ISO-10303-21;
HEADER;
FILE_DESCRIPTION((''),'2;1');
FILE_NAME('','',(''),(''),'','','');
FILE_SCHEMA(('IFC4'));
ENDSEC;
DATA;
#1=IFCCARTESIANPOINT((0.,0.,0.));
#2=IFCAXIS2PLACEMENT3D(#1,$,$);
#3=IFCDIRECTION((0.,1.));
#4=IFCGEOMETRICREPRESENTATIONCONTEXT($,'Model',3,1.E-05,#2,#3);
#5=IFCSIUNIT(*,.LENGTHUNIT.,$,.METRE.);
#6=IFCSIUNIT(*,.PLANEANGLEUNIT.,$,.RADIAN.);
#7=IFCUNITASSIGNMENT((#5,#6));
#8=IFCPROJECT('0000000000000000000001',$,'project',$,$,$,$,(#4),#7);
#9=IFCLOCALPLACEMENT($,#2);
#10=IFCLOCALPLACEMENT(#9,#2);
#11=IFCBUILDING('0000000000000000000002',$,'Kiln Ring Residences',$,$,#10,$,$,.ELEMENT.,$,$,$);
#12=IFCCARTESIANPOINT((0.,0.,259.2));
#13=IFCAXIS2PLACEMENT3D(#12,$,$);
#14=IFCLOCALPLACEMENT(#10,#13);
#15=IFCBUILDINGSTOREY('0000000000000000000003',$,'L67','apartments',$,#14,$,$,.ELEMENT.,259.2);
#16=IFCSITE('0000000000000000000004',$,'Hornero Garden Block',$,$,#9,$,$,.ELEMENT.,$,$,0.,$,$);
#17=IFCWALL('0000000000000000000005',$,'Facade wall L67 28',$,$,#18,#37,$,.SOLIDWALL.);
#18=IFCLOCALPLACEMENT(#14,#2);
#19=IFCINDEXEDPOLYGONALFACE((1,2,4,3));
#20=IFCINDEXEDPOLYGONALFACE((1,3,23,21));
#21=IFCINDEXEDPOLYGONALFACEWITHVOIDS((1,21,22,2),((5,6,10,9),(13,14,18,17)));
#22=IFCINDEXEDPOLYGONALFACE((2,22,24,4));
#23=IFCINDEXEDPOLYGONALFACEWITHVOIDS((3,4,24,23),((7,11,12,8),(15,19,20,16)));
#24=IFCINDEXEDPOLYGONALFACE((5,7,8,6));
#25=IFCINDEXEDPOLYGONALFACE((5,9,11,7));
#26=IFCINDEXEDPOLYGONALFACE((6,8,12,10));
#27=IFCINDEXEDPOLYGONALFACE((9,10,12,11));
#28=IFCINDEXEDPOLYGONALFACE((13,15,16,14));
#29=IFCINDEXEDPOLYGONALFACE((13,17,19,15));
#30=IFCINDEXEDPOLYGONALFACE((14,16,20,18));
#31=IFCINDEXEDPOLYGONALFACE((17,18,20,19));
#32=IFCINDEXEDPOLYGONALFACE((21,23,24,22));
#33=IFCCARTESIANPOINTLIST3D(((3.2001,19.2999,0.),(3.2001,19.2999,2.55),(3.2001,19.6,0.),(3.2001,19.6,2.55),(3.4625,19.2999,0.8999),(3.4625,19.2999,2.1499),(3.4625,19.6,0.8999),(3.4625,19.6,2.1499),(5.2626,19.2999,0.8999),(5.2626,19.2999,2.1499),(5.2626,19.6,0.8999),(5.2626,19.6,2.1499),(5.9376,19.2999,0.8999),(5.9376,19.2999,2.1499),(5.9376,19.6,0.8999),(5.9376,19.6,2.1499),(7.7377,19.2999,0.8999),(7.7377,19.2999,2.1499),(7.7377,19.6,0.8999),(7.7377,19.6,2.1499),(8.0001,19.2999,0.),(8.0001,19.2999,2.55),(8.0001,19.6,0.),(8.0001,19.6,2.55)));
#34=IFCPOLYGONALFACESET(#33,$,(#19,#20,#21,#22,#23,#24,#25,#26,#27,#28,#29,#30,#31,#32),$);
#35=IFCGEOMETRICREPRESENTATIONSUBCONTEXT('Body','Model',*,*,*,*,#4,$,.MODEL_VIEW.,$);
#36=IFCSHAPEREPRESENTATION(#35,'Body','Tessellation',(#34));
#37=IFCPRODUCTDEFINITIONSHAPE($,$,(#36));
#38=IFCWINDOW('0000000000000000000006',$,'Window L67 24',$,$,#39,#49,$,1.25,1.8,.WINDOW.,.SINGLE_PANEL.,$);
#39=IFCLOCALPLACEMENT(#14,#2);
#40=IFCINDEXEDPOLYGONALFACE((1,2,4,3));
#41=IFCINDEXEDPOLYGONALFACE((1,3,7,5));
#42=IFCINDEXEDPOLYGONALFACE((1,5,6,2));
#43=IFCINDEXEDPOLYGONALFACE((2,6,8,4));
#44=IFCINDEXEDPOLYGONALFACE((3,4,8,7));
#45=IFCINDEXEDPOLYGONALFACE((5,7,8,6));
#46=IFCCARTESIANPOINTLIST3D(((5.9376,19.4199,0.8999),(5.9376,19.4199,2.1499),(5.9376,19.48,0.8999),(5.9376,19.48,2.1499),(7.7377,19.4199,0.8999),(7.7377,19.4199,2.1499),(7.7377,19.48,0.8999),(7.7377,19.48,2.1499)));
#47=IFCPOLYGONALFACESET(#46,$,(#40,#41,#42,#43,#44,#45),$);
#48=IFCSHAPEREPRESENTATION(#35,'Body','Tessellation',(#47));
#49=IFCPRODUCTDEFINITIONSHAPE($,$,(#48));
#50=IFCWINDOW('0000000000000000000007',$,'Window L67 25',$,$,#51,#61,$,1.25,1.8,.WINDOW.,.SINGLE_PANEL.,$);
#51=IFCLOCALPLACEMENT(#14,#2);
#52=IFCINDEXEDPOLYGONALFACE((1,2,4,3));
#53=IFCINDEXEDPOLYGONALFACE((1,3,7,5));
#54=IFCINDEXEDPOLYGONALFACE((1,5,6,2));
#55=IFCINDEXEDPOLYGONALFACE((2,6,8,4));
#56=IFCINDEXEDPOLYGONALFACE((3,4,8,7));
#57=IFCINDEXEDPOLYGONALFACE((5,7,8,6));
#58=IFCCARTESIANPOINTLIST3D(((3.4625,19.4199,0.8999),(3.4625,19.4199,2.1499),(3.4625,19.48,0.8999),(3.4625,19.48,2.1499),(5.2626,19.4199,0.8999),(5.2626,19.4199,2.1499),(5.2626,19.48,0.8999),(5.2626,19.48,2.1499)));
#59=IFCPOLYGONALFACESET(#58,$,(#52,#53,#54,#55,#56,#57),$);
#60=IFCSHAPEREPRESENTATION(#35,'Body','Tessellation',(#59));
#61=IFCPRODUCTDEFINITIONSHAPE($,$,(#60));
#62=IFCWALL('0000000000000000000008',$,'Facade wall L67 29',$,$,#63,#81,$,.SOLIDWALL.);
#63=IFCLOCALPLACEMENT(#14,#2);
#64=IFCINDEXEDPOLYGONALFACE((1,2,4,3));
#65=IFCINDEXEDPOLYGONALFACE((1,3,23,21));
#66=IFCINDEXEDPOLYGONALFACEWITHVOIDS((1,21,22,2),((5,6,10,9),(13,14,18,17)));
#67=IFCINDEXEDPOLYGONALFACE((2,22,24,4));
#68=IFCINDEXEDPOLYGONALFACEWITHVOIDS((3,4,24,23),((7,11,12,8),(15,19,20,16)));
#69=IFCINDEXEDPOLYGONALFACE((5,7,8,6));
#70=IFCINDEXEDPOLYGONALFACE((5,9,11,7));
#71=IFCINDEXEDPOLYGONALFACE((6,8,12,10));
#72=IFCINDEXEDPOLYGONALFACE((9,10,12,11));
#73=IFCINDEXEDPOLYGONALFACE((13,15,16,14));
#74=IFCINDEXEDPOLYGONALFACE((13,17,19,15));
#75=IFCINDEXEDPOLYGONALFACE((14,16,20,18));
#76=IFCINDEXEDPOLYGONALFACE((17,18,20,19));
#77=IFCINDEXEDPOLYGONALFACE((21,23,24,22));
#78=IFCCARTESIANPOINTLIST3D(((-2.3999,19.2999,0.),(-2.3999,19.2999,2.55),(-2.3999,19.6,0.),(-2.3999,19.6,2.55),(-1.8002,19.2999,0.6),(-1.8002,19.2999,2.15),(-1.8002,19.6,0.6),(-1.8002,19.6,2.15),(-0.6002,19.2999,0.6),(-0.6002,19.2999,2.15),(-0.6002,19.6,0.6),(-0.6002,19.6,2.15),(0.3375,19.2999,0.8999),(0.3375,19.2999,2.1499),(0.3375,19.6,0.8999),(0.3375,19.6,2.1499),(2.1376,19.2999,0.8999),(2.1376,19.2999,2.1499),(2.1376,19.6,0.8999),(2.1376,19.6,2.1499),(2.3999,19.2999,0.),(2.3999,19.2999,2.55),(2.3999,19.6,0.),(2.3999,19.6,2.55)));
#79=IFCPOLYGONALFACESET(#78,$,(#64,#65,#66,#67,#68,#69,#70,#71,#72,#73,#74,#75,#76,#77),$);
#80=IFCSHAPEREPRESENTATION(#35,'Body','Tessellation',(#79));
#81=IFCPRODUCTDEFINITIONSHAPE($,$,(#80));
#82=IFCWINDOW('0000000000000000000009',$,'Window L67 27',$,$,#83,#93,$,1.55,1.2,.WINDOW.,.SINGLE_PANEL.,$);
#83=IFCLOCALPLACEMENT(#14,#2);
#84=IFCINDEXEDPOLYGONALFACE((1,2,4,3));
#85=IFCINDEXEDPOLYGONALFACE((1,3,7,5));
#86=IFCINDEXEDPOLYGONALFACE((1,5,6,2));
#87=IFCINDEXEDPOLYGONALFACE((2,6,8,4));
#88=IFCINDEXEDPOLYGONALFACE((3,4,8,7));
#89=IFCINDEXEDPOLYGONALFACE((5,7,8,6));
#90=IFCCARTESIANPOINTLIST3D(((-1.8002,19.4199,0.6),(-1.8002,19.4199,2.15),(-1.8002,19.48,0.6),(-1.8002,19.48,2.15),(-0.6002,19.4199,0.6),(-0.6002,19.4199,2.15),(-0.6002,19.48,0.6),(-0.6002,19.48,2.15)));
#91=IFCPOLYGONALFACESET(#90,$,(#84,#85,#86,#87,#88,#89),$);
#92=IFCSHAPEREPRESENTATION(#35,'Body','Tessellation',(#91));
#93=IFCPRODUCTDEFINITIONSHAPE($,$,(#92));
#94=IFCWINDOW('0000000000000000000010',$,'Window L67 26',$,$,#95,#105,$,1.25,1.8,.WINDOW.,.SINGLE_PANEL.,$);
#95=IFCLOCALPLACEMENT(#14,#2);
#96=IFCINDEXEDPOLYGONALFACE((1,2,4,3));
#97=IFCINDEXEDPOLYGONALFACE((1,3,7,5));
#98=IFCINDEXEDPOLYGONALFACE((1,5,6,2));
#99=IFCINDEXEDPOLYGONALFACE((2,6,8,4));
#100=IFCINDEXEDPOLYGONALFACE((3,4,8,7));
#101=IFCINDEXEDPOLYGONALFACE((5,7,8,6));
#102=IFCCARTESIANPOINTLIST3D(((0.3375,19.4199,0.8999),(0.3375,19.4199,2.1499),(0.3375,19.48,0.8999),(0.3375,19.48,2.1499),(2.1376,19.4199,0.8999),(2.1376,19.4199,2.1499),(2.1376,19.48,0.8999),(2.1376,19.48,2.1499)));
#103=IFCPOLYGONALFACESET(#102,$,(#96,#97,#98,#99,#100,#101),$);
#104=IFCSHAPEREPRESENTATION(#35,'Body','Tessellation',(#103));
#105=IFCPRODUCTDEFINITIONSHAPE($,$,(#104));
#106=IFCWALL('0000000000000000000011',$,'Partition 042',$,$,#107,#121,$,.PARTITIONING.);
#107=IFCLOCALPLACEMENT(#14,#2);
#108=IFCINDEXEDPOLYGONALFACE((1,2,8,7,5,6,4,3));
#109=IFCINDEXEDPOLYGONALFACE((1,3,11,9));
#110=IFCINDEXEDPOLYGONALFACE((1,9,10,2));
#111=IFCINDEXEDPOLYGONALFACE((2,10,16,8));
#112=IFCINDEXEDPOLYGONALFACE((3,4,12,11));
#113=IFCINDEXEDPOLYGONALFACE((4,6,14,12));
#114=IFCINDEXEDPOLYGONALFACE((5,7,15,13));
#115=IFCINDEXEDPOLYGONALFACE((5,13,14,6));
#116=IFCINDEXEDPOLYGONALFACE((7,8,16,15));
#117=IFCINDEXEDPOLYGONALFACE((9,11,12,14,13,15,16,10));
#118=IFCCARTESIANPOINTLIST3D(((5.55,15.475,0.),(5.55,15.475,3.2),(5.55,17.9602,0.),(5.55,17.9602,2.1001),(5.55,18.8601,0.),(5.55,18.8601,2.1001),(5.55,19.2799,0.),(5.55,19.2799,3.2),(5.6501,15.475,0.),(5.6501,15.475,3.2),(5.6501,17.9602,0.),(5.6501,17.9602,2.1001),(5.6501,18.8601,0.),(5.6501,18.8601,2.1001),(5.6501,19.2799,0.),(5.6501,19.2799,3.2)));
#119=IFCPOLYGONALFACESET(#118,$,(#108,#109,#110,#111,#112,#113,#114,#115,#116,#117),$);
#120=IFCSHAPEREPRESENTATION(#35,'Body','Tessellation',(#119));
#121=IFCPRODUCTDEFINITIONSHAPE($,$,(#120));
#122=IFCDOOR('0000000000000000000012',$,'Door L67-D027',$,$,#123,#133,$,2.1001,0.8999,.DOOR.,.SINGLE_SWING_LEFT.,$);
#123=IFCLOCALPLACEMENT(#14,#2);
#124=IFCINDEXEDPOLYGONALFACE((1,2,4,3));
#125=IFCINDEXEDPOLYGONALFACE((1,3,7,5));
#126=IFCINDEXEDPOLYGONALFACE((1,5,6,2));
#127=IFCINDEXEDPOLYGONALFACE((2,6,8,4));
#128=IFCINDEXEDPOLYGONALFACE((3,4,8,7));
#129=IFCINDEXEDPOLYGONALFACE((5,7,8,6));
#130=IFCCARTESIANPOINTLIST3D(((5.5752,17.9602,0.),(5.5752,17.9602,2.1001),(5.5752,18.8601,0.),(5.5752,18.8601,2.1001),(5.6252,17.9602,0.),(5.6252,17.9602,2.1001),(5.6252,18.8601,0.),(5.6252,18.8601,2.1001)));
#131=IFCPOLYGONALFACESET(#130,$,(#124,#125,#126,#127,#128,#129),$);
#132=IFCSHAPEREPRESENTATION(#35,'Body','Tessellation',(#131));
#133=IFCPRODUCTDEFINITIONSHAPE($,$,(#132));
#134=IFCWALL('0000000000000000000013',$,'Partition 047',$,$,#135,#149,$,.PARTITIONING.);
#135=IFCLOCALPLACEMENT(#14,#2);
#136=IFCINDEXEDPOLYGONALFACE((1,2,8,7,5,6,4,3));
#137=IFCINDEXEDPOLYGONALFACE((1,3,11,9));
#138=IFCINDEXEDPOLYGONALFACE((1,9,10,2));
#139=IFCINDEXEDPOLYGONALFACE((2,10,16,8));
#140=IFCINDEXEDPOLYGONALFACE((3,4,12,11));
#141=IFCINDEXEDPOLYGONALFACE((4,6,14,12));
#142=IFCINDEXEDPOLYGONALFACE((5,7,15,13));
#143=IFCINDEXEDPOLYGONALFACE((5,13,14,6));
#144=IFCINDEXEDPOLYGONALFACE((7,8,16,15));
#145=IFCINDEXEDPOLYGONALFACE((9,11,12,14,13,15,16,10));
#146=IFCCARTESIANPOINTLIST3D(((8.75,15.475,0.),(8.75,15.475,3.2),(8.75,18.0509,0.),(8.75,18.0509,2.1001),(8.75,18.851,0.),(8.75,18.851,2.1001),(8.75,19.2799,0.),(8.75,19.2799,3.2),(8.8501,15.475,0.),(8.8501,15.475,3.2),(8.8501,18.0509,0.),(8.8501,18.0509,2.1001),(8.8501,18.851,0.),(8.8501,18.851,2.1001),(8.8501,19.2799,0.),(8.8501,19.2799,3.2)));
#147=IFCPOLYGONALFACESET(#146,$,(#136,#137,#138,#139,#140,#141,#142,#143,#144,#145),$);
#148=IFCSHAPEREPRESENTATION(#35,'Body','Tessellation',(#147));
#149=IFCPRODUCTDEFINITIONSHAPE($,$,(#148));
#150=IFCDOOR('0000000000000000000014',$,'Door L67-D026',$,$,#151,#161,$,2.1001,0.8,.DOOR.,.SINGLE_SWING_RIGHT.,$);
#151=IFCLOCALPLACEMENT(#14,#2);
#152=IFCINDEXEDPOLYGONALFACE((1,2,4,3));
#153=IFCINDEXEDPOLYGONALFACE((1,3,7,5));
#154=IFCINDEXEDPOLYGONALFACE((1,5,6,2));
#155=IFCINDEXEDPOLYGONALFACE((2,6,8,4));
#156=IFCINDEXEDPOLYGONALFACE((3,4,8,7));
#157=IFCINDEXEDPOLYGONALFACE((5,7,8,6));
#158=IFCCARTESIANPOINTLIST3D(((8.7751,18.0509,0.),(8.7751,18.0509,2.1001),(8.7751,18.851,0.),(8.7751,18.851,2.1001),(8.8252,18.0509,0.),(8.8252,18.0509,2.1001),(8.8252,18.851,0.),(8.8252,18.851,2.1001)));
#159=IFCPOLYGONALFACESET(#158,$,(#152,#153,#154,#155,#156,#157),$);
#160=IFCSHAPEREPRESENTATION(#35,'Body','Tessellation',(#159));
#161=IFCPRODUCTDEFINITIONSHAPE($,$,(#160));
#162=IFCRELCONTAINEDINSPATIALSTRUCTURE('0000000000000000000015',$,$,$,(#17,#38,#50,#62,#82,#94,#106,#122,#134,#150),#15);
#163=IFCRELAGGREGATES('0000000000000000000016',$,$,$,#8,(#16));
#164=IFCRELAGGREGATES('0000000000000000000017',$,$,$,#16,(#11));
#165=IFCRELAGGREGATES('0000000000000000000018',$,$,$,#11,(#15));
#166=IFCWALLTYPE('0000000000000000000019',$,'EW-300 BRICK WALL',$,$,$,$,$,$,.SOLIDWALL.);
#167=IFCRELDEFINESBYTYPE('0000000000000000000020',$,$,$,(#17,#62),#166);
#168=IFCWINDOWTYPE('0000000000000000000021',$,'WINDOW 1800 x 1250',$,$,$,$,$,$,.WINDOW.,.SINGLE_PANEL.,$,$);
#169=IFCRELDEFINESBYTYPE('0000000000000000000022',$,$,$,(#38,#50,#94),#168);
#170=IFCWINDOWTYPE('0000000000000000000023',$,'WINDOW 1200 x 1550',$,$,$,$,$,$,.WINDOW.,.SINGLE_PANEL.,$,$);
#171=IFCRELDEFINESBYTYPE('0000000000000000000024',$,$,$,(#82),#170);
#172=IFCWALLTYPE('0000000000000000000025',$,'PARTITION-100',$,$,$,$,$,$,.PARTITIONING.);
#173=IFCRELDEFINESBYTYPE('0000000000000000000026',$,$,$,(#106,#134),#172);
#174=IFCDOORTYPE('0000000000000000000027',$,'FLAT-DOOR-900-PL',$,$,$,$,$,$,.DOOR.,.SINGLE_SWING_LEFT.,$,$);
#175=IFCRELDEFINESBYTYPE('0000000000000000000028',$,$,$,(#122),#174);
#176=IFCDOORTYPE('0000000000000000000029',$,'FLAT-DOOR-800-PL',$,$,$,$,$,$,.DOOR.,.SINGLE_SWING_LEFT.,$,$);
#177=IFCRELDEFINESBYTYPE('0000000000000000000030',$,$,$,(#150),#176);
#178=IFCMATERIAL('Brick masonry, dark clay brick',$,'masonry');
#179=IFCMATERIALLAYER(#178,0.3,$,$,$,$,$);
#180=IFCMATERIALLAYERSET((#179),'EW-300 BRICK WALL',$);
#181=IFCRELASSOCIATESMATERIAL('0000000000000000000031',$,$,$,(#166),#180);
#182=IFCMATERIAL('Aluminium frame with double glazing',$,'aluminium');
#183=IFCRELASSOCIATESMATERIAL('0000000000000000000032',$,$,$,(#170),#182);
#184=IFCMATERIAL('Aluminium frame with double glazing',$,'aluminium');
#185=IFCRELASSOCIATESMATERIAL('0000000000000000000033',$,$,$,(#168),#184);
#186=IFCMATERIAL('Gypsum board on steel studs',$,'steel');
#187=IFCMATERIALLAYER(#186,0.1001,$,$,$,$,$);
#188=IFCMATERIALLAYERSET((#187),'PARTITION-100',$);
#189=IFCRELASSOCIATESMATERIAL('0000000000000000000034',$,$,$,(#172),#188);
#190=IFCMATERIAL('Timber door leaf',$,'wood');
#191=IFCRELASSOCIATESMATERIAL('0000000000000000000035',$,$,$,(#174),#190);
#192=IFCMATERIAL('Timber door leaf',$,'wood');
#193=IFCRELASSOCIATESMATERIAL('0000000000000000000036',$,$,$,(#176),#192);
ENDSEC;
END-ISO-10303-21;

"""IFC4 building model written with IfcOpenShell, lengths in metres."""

from ifc_helpers import new_model, si_unit, direction, frame, frame_2d, origin, place, context, subcontext, project, spatial, rectangle, extrude, material, layer, layer_set, type_object, element, fill, save


model = new_model("IFC4")

# Units and contexts
model_context = context("Model", 3, precision=1e-05, world=origin(), true_north=direction((0.0, 1.0)))
body_context = subcontext(model_context, "Body", "Model", "MODEL_VIEW")
ifc_project = project(units=[si_unit("LENGTHUNIT", "METRE"), si_unit("PLANEANGLEUNIT", "RADIAN")], contexts=[model_context])

# Site, building, storey
site_placement = place(None, origin())
site = spatial("IfcSite", under=ifc_project, at=site_placement, Name="Hornero Garden Block", CompositionType="ELEMENT", RefElevation=0.0)
building_placement = place(site_placement, origin())
building = spatial("IfcBuilding", under=site, at=building_placement, Name="Kiln Ring Residences", CompositionType="ELEMENT")
storey_placement = place(building_placement, frame((0.0, 0.0, 259.2)))
storey = spatial("IfcBuildingStorey", under=building, at=storey_placement, Name="L67", Description="apartments", CompositionType="ELEMENT", Elevation=259.2)

# Walls, openings, windows
ifc_material_1 = material(Name="Brick masonry, dark clay brick", Category="masonry")
ifc_layer_1 = layer(ifc_material_1, 0.3)
ifc_layer_set_1 = layer_set([ifc_layer_1], Name="EW-300 BRICK WALL")
wall_type_1 = type_object("IfcWallType", Name="EW-300 BRICK WALL", PredefinedType="SOLIDWALL", material=ifc_layer_set_1)
ifc_material_2 = material(Name="Aluminium frame with double glazing", Category="aluminium")
window_type_1 = type_object("IfcWindowType", Name="WINDOW 1200 x 1550", PartitioningType="SINGLE_PANEL", PredefinedType="WINDOW", material=ifc_material_2)
wall_1_placement = place(storey_placement, frame((8.0, 19.45, 0.0), z_axis=(0.0, 0.0, 1.0), x_axis=(-1.0, 0.0, 0.0)))
wall_1 = element("IfcWall", 1, at=wall_1_placement, inside=storey, type_object=wall_type_1, Name="Facade wall L67 28", PredefinedType="SOLIDWALL", context=body_context, shape_type="SweptSolid", body=[
    extrude(rectangle(XDim=4.8, YDim=0.3, at=frame_2d((2.3999, 0.0))), origin(), (0.0, 0.0, 1.0), 2.55),
])
opening_1_placement = place(wall_1_placement, frame((0.2625, 0.0, 0.8999)))
opening_1 = element("IfcOpeningElement", 2, at=opening_1_placement, cuts=wall_1, PredefinedType="OPENING", context=body_context, shape_type="SweptSolid", body=[
    extrude(rectangle(XDim=1.8, YDim=1.25, at=frame_2d((0.8999, 0.625))), frame((0.0, 0.1599, 0.0), z_axis=(0.0, -1.0, 0.0), x_axis=(1.0, 0.0, 0.0)), (0.0, 0.0, 1.0), 0.3201),
])
opening_2_placement = place(wall_1_placement, frame((2.7375, 0.0, 0.8999)))
opening_2 = element("IfcOpeningElement", 3, at=opening_2_placement, cuts=wall_1, PredefinedType="OPENING", context=body_context, shape_type="SweptSolid", body=[
    extrude(rectangle(XDim=1.8, YDim=1.25, at=frame_2d((0.8999, 0.625))), frame((0.0, 0.1599, 0.0), z_axis=(0.0, -1.0, 0.0), x_axis=(1.0, 0.0, 0.0)), (0.0, 0.0, 1.0), 0.3201),
])
ifc_material_3 = material(Name="Aluminium frame with double glazing", Category="aluminium")
window_type_2 = type_object("IfcWindowType", Name="WINDOW 1800 x 1250", PartitioningType="SINGLE_PANEL", PredefinedType="WINDOW", material=ifc_material_3)
window_1_placement = place(opening_1_placement, origin())
window_1 = element("IfcWindow", 4, at=window_1_placement, inside=storey, type_object=window_type_2, Name="Window L67 24", OverallHeight=1.25, OverallWidth=1.8, PartitioningType="SINGLE_PANEL", PredefinedType="WINDOW", context=body_context, shape_type="SweptSolid", body=[
    extrude(rectangle(XDim=1.8, YDim=1.25, at=frame_2d((0.8999, 0.625))), frame((0.0, 0.03, 0.0), z_axis=(0.0, -1.0, 0.0), x_axis=(1.0, 0.0, 0.0)), (0.0, 0.0, 1.0), 0.0601),
])
fill(opening_1, window_1)
window_2_placement = place(opening_2_placement, origin())
window_2 = element("IfcWindow", 5, at=window_2_placement, inside=storey, type_object=window_type_2, Name="Window L67 25", OverallHeight=1.25, OverallWidth=1.8, PartitioningType="SINGLE_PANEL", PredefinedType="WINDOW", context=body_context, shape_type="SweptSolid", body=[
    extrude(rectangle(XDim=1.8, YDim=1.25, at=frame_2d((0.8999, 0.625))), frame((0.0, 0.03, 0.0), z_axis=(0.0, -1.0, 0.0), x_axis=(1.0, 0.0, 0.0)), (0.0, 0.0, 1.0), 0.0601),
])
fill(opening_2, window_2)
wall_2_placement = place(storey_placement, frame((2.3999, 19.45, 0.0), z_axis=(0.0, 0.0, 1.0), x_axis=(-1.0, 0.0, 0.0)))
wall_2 = element("IfcWall", 6, at=wall_2_placement, inside=storey, type_object=wall_type_1, Name="Facade wall L67 29", PredefinedType="SOLIDWALL", context=body_context, shape_type="SweptSolid", body=[
    extrude(rectangle(XDim=4.7998, YDim=0.3, at=frame_2d((2.3999, 0.0))), origin(), (0.0, 0.0, 1.0), 2.55),
])
opening_3_placement = place(wall_2_placement, frame((0.2625, 0.0, 0.8999)))
opening_3 = element("IfcOpeningElement", 7, at=opening_3_placement, cuts=wall_2, PredefinedType="OPENING", context=body_context, shape_type="SweptSolid", body=[
    extrude(rectangle(XDim=1.8, YDim=1.25, at=frame_2d((0.8999, 0.625))), frame((0.0, 0.1599, 0.0), z_axis=(0.0, -1.0, 0.0), x_axis=(1.0, 0.0, 0.0)), (0.0, 0.0, 1.0), 0.3201),
])
opening_4_placement = place(wall_2_placement, frame((3.0, 0.0, 0.6001)))
opening_4 = element("IfcOpeningElement", 8, at=opening_4_placement, cuts=wall_2, PredefinedType="OPENING", context=body_context, shape_type="SweptSolid", body=[
    extrude(rectangle(XDim=1.2, YDim=1.55, at=frame_2d((0.6001, 0.7749))), frame((0.0, 0.1599, 0.0), z_axis=(0.0, -1.0, 0.0), x_axis=(1.0, 0.0, 0.0)), (0.0, 0.0, 1.0), 0.3201),
])
window_3_placement = place(opening_4_placement, origin())
window_3 = element("IfcWindow", 9, at=window_3_placement, inside=storey, type_object=window_type_1, Name="Window L67 27", OverallHeight=1.55, OverallWidth=1.2, PartitioningType="SINGLE_PANEL", PredefinedType="WINDOW", context=body_context, shape_type="SweptSolid", body=[
    extrude(rectangle(XDim=1.2, YDim=1.55, at=frame_2d((0.6001, 0.7749))), frame((0.0, 0.03, 0.0), z_axis=(0.0, -1.0, 0.0), x_axis=(1.0, 0.0, 0.0)), (0.0, 0.0, 1.0), 0.0601),
])
fill(opening_4, window_3)
window_4_placement = place(opening_3_placement, origin())
window_4 = element("IfcWindow", 10, at=window_4_placement, inside=storey, type_object=window_type_2, Name="Window L67 26", OverallHeight=1.25, OverallWidth=1.8, PartitioningType="SINGLE_PANEL", PredefinedType="WINDOW", context=body_context, shape_type="SweptSolid", body=[
    extrude(rectangle(XDim=1.8, YDim=1.25, at=frame_2d((0.8999, 0.625))), frame((0.0, 0.03, 0.0), z_axis=(0.0, -1.0, 0.0), x_axis=(1.0, 0.0, 0.0)), (0.0, 0.0, 1.0), 0.0601),
])
fill(opening_3, window_4)

# Walls, openings, doors
ifc_material_4 = material(Name="Gypsum board on steel studs", Category="steel")
ifc_layer_2 = layer(ifc_material_4, 0.1001)
ifc_layer_set_2 = layer_set([ifc_layer_2], Name="PARTITION-100")
wall_type_2 = type_object("IfcWallType", Name="PARTITION-100", PredefinedType="PARTITIONING", material=ifc_layer_set_2)
wall_3_placement = place(storey_placement, frame((5.6001, 15.4751, 0.0), z_axis=(0.0, 0.0, 1.0), x_axis=(0.0, 1.0, 0.0)))
wall_3 = element("IfcWall", 11, at=wall_3_placement, inside=storey, type_object=wall_type_2, Name="Partition 042", PredefinedType="PARTITIONING", context=body_context, shape_type="SweptSolid", body=[
    extrude(rectangle(XDim=3.8049, YDim=0.1001, at=frame_2d((1.9023, 0.0))), origin(), (0.0, 0.0, 1.0), 3.2),
])
opening_5_placement = place(wall_3_placement, frame((2.4851, 0.0, 0.0)))
opening_5 = element("IfcOpeningElement", 12, at=opening_5_placement, cuts=wall_3, PredefinedType="OPENING", context=body_context, shape_type="SweptSolid", body=[
    extrude(rectangle(XDim=0.8999, YDim=2.1001, at=frame_2d((0.45, 1.05))), frame((0.0, 0.0601, 0.0), z_axis=(0.0, -1.0, 0.0), x_axis=(1.0, 0.0, 0.0)), (0.0, 0.0, 1.0), 0.1201),
])
ifc_material_5 = material(Name="Timber door leaf", Category="wood")
door_type_1 = type_object("IfcDoorType", Name="FLAT-DOOR-900-PL", OperationType="SINGLE_SWING_LEFT", PredefinedType="DOOR", material=ifc_material_5)
door_1_placement = place(opening_5_placement, origin())
door_1 = element("IfcDoor", 13, at=door_1_placement, inside=storey, type_object=door_type_1, Name="Door L67-D027", OperationType="SINGLE_SWING_LEFT", OverallHeight=2.1001, OverallWidth=0.8999, PredefinedType="DOOR", context=body_context, shape_type="SweptSolid", body=[
    extrude(rectangle(XDim=0.8999, YDim=2.1001, at=frame_2d((0.45, 1.05))), frame((0.0, 0.0249, 0.0), z_axis=(0.0, -1.0, 0.0), x_axis=(1.0, 0.0, 0.0)), (0.0, 0.0, 1.0), 0.05),
])
fill(opening_5, door_1)
wall_4_placement = place(storey_placement, frame((8.8, 15.4751, 0.0), z_axis=(0.0, 0.0, 1.0), x_axis=(0.0, 1.0, 0.0)))
wall_4 = element("IfcWall", 14, at=wall_4_placement, inside=storey, type_object=wall_type_2, Name="Partition 047", PredefinedType="PARTITIONING", context=body_context, shape_type="SweptSolid", body=[
    extrude(rectangle(XDim=3.8049, YDim=0.1001, at=frame_2d((1.9023, 0.0))), origin(), (0.0, 0.0, 1.0), 3.2),
])
opening_6_placement = place(wall_4_placement, frame((2.5759, 0.0, 0.0)))
opening_6 = element("IfcOpeningElement", 15, at=opening_6_placement, cuts=wall_4, PredefinedType="OPENING", context=body_context, shape_type="SweptSolid", body=[
    extrude(rectangle(XDim=0.8, YDim=2.1001, at=frame_2d((0.3999, 1.05))), frame((0.0, 0.0601, 0.0), z_axis=(0.0, -1.0, 0.0), x_axis=(1.0, 0.0, 0.0)), (0.0, 0.0, 1.0), 0.1201),
])
ifc_material_6 = material(Name="Timber door leaf", Category="wood")
door_type_2 = type_object("IfcDoorType", Name="FLAT-DOOR-800-PL", OperationType="SINGLE_SWING_LEFT", PredefinedType="DOOR", material=ifc_material_6)
door_2_placement = place(opening_6_placement, origin())
door_2 = element("IfcDoor", 16, at=door_2_placement, inside=storey, type_object=door_type_2, Name="Door L67-D026", OperationType="SINGLE_SWING_RIGHT", OverallHeight=2.1001, OverallWidth=0.8, PredefinedType="DOOR", context=body_context, shape_type="SweptSolid", body=[
    extrude(rectangle(XDim=0.8, YDim=2.1001, at=frame_2d((0.3999, 1.05))), frame((0.0, 0.0249, 0.0), z_axis=(0.0, -1.0, 0.0), x_axis=(1.0, 0.0, 0.0)), (0.0, 0.0, 1.0), 0.05),
])
fill(opening_6, door_2)

save(model, "model.ifc")
